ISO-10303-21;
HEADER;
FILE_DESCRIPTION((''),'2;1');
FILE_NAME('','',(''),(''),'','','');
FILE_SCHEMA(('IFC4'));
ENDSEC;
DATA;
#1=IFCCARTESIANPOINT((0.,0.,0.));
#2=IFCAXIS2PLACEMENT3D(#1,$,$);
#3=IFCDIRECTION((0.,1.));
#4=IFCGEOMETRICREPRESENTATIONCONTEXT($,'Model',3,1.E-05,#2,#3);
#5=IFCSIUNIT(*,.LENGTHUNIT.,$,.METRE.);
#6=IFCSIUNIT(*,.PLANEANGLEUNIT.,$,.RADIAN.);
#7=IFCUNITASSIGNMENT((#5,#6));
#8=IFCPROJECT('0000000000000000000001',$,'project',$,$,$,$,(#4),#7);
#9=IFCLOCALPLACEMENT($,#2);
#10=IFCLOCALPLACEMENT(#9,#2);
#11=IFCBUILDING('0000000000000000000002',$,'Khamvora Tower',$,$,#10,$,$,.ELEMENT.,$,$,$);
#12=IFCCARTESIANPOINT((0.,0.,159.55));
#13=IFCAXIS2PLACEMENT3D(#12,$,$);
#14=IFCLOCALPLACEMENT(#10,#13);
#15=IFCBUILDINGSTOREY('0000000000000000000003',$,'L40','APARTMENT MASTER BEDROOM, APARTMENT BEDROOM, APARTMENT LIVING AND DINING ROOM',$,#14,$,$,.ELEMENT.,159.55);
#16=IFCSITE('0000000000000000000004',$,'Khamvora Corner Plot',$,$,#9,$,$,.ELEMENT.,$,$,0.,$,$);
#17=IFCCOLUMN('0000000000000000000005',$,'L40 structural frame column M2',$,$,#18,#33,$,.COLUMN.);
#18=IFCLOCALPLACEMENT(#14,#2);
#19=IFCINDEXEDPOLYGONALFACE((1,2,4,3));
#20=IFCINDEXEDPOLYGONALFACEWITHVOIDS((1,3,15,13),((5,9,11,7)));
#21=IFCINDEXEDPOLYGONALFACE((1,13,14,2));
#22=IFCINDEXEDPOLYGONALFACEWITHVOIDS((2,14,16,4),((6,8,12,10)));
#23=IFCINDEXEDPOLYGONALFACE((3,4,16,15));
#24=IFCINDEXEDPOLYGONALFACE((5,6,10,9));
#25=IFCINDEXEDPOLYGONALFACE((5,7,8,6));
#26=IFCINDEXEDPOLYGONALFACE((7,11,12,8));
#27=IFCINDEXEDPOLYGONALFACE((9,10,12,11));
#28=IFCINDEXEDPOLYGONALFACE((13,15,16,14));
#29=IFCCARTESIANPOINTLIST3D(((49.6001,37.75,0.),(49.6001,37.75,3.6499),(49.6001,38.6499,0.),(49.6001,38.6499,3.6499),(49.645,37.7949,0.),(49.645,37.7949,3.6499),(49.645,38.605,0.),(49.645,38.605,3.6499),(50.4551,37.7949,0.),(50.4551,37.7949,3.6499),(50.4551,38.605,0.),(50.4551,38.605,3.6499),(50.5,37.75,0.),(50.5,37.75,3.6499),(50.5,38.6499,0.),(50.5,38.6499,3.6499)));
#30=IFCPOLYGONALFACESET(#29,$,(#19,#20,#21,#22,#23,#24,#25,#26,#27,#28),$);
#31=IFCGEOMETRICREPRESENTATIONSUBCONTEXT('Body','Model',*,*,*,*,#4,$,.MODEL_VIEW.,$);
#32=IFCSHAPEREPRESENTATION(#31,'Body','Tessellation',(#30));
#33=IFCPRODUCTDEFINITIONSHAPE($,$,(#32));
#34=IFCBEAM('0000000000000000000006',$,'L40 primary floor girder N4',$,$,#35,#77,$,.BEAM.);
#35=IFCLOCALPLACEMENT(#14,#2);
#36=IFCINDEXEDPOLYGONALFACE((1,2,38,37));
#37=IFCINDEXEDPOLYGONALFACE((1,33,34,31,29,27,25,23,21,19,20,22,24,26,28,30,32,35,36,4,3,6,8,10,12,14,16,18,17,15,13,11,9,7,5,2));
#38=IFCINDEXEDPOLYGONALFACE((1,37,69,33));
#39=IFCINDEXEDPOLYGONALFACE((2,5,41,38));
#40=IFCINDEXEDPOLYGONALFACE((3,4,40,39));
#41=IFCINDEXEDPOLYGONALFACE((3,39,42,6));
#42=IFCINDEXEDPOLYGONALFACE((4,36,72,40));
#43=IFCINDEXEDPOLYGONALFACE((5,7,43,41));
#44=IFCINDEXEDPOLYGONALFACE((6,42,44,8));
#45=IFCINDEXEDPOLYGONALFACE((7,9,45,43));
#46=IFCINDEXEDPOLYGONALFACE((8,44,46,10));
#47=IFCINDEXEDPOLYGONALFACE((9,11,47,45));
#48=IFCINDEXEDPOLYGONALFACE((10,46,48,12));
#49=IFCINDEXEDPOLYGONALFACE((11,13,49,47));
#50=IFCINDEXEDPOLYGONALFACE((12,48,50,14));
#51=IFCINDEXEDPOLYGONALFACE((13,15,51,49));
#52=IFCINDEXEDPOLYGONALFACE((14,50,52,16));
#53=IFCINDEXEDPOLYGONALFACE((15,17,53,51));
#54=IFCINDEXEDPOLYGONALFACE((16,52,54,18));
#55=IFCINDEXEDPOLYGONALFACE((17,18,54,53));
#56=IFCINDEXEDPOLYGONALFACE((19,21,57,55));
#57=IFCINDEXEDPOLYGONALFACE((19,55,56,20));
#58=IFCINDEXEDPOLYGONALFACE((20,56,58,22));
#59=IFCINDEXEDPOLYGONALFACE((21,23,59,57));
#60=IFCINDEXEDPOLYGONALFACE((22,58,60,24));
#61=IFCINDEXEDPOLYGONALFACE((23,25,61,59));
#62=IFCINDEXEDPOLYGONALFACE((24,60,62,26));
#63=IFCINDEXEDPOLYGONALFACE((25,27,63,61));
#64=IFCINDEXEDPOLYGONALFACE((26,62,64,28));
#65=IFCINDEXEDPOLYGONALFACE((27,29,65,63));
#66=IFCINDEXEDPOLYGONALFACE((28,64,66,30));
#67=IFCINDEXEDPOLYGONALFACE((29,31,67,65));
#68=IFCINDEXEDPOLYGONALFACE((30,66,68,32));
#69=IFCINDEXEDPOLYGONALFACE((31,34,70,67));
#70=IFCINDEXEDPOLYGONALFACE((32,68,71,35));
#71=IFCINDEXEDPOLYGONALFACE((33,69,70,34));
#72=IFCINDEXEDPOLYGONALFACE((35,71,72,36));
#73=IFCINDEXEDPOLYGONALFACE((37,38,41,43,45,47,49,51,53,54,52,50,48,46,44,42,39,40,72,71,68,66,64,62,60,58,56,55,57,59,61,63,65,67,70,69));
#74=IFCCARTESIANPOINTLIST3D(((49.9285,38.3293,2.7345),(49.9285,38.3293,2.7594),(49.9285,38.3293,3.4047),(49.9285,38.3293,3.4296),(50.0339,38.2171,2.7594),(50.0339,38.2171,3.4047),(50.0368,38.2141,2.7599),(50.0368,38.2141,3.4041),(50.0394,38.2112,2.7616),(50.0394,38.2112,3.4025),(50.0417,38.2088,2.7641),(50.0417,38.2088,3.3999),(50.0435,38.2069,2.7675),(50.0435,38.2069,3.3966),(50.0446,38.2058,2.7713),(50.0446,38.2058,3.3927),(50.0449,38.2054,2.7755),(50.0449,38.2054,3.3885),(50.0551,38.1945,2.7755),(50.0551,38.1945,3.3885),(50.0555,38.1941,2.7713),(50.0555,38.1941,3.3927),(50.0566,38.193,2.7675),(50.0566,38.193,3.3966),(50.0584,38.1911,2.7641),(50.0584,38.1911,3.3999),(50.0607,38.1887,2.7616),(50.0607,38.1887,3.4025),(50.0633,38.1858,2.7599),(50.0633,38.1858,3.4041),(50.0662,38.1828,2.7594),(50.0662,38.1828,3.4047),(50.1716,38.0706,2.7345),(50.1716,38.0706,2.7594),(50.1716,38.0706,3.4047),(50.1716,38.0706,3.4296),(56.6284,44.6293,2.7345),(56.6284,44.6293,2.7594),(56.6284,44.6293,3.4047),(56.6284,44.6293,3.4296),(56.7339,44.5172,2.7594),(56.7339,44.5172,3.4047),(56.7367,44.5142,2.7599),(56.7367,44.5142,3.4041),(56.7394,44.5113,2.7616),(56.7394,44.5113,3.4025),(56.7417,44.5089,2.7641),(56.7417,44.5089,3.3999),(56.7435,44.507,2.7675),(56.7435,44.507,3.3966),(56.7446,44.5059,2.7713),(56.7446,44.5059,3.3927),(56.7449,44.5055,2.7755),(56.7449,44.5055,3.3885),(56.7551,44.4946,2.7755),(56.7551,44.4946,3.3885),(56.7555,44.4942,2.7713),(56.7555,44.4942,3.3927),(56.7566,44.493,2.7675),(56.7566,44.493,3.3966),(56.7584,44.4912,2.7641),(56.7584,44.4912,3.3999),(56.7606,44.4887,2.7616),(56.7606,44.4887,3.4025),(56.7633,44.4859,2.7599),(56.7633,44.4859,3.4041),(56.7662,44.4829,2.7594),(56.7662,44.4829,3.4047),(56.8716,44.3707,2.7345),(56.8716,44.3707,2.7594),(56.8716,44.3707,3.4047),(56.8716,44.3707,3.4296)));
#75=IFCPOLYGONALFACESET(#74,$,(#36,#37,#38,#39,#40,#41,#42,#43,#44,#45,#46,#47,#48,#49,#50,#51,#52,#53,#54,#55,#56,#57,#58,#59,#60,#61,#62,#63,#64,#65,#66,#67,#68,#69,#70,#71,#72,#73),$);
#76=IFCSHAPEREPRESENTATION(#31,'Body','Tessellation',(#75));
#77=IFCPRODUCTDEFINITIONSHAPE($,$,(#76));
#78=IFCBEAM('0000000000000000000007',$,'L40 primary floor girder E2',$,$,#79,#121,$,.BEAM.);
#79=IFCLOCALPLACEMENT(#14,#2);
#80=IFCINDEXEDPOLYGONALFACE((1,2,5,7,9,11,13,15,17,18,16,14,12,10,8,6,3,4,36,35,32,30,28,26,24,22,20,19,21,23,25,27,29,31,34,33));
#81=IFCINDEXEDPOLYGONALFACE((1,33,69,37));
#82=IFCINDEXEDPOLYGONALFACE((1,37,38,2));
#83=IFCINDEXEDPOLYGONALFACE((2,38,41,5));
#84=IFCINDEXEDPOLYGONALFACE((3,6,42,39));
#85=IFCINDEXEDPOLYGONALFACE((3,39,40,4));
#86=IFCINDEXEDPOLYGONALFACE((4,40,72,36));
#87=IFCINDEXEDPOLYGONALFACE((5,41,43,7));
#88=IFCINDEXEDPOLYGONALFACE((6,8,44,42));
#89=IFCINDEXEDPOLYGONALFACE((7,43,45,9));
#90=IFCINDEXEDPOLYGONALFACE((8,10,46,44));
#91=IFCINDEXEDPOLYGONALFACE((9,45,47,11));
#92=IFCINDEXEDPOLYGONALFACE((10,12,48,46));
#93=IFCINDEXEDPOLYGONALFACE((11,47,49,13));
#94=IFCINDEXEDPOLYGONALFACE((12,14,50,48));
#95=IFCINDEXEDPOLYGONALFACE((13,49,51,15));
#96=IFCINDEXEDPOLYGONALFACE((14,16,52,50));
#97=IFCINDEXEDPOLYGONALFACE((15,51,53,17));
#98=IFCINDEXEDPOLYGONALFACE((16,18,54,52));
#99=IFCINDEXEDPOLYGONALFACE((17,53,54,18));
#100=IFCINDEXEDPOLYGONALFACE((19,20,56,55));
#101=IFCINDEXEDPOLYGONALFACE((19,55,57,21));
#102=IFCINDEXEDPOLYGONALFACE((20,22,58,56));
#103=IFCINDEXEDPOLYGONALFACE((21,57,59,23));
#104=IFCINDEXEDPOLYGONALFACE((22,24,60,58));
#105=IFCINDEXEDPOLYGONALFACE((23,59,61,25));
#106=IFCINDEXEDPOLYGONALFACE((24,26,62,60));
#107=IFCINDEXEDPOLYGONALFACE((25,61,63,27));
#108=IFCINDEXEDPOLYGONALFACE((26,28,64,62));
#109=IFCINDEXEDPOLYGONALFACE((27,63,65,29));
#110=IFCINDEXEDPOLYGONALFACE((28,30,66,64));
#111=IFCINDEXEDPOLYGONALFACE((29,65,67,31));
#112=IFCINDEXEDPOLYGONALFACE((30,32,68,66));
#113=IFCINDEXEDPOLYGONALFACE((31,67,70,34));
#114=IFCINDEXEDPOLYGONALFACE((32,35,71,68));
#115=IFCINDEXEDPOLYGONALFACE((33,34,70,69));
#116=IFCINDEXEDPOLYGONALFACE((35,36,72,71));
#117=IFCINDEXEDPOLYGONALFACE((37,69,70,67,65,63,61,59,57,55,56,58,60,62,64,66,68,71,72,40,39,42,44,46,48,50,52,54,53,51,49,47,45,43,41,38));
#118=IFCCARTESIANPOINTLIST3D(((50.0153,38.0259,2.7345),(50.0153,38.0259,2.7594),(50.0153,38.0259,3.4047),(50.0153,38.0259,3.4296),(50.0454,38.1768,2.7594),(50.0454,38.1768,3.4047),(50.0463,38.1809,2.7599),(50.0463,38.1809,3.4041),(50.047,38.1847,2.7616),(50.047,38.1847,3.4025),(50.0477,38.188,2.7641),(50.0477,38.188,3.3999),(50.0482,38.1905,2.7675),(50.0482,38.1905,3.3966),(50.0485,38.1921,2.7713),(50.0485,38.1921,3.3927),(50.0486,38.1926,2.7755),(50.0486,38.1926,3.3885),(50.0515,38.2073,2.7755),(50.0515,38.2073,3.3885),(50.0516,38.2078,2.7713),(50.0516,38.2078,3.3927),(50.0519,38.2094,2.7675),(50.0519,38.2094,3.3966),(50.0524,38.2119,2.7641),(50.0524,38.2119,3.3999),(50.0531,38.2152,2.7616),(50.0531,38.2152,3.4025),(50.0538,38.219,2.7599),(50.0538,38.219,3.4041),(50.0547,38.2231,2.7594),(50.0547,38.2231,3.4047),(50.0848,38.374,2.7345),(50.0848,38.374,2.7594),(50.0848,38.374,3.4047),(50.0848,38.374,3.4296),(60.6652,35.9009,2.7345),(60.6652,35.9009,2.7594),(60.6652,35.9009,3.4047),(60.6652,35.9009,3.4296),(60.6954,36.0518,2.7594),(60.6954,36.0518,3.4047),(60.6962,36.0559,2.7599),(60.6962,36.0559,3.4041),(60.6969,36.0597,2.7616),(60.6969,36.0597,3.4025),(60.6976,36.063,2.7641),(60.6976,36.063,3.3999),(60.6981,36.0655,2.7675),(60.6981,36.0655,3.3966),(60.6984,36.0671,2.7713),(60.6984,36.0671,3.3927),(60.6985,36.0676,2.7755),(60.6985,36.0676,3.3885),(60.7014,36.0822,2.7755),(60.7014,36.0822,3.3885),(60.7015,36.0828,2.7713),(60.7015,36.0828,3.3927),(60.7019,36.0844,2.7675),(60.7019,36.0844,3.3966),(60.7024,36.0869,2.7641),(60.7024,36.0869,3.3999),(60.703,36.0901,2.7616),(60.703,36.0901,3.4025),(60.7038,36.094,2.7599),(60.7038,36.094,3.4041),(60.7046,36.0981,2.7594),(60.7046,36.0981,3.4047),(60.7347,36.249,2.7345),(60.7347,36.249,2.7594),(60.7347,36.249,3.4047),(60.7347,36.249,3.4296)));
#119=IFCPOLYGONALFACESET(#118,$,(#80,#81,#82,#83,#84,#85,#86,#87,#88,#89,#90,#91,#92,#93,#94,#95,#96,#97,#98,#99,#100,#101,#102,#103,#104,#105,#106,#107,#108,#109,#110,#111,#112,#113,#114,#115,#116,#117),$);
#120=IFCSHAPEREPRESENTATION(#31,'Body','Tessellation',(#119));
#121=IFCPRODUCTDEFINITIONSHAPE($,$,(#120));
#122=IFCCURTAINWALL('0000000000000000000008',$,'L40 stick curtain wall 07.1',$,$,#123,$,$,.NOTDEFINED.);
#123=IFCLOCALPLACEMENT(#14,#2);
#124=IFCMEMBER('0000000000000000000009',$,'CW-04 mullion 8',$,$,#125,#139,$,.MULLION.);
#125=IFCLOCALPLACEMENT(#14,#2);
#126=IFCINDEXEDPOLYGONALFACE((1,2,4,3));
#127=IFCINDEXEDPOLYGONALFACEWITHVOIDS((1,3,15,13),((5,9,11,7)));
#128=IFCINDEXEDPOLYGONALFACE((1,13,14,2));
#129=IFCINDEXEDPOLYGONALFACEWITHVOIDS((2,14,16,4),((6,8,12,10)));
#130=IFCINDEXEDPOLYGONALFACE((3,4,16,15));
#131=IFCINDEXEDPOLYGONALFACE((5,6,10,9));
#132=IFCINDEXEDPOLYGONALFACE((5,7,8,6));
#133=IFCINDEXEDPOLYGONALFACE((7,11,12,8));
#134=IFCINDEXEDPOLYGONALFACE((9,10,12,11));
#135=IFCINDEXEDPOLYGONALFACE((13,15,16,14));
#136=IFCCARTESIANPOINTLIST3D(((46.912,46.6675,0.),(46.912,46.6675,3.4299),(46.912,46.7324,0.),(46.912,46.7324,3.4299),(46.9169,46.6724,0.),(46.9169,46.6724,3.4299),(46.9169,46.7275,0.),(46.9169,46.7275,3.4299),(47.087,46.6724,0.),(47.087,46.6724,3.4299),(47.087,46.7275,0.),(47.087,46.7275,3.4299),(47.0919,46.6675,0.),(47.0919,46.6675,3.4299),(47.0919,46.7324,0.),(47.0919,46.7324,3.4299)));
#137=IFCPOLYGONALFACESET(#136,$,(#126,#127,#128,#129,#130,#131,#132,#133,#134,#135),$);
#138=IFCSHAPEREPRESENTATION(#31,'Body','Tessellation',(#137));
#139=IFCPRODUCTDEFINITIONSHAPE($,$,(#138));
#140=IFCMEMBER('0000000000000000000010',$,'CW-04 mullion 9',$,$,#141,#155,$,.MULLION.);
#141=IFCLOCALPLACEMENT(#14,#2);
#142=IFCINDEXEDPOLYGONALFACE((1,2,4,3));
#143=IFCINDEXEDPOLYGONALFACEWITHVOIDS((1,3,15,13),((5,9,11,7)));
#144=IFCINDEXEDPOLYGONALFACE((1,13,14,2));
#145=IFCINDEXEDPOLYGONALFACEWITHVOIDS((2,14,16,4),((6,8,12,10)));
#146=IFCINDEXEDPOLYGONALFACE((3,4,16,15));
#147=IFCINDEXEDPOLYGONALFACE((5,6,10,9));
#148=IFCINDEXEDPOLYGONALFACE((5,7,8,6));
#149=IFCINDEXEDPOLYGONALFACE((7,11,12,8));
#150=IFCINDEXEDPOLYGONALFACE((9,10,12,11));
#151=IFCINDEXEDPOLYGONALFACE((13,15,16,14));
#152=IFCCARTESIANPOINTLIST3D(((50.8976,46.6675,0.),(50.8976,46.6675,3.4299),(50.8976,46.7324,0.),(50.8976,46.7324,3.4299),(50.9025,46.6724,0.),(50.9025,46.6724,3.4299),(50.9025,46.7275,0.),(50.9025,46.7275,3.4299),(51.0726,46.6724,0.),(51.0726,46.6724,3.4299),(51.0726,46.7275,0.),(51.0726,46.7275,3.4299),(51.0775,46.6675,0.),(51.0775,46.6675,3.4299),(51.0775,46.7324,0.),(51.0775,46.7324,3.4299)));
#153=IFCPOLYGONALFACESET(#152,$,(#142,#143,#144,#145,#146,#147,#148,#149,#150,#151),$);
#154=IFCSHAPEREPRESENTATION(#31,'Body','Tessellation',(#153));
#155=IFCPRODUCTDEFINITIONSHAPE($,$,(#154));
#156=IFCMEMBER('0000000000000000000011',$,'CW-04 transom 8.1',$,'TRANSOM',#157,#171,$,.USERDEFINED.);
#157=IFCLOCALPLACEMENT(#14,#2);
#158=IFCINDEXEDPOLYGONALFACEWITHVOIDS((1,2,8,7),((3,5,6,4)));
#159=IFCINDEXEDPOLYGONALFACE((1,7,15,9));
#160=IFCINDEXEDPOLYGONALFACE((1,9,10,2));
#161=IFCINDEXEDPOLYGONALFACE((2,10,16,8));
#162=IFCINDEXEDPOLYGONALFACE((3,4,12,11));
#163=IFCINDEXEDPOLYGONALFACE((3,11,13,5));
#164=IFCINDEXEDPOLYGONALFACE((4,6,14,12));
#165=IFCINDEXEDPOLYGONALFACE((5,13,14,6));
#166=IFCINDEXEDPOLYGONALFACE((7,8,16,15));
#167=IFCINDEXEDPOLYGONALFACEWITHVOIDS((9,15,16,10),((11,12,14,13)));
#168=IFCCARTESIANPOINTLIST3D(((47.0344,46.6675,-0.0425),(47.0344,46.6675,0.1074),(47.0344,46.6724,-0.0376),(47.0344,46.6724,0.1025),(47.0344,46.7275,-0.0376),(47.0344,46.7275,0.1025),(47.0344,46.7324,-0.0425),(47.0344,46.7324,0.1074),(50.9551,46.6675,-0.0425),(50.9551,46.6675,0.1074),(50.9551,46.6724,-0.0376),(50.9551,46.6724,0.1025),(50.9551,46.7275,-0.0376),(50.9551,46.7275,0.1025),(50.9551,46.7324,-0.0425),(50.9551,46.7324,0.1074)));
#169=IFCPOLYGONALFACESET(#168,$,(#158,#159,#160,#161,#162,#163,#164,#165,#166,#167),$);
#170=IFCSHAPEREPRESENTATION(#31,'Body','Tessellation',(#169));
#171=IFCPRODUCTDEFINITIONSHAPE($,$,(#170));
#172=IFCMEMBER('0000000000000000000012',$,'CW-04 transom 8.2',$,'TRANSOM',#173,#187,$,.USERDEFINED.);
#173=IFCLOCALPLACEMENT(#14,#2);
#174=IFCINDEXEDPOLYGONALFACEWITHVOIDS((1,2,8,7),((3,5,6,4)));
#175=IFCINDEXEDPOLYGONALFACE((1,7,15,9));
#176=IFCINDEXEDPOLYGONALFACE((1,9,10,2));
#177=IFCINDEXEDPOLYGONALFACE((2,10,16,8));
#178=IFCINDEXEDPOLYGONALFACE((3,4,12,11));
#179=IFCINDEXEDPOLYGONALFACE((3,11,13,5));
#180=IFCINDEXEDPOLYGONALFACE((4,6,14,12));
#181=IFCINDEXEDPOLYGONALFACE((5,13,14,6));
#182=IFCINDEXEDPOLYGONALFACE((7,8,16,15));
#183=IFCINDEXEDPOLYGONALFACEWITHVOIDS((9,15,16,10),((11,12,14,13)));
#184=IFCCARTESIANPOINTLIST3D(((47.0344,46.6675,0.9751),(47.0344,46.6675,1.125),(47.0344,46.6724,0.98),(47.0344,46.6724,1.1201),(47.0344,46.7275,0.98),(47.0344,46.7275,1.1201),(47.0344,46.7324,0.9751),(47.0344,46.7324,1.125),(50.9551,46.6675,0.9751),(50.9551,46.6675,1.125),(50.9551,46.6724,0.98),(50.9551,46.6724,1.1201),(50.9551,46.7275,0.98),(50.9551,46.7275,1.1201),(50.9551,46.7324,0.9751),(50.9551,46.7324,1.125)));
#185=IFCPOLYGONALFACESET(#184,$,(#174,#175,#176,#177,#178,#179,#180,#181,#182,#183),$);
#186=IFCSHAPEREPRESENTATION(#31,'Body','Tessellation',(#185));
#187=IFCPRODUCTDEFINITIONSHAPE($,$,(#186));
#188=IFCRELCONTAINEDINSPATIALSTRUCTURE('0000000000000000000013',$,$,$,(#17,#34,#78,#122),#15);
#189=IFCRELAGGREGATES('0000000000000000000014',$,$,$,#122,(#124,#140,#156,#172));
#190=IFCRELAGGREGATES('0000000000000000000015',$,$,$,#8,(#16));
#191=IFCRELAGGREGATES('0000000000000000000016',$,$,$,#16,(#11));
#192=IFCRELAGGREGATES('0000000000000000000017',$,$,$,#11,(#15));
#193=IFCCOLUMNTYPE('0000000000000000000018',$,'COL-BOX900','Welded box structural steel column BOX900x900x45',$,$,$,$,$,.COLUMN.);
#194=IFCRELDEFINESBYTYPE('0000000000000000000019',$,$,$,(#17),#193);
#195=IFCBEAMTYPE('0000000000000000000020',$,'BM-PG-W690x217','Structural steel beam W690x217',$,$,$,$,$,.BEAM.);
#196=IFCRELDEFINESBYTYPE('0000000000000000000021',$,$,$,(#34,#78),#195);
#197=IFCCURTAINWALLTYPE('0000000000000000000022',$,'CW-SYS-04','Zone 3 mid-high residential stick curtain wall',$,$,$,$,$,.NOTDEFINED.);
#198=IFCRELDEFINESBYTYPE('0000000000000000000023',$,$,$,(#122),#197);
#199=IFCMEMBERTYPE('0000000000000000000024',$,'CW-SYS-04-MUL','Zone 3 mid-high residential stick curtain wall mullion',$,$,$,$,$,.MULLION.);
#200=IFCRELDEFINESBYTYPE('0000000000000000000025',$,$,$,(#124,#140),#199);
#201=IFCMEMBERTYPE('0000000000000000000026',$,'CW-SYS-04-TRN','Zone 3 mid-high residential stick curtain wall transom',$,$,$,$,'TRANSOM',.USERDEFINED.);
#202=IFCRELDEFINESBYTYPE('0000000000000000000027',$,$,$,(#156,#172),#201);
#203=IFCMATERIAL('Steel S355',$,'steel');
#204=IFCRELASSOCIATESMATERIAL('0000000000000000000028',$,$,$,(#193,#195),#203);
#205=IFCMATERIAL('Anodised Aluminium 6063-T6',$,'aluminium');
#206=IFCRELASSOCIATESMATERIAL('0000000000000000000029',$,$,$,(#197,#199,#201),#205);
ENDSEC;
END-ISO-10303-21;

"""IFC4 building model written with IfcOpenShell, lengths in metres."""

from ifc_helpers import new_model, si_unit, direction, frame, origin, origin_2d, place, context, subcontext, project, spatial, hollow_rectangle, i_section, extrude, material, material_profile, profile_set, type_object, element, aggregate, save


model = new_model("IFC4")

# Units and contexts
model_context = context("Model", 3, precision=1e-05, world=origin(), true_north=direction((0.0, 1.0)))
body_context = subcontext(model_context, "Body", "Model", "MODEL_VIEW")
ifc_project = project(units=[si_unit("LENGTHUNIT", "METRE"), si_unit("PLANEANGLEUNIT", "RADIAN")], contexts=[model_context])

# Site, building, storey
site_placement = place(None, origin())
site = spatial("IfcSite", under=ifc_project, at=site_placement, Name="Khamvora Corner Plot", CompositionType="ELEMENT", RefElevation=0.0)
building_placement = place(site_placement, origin())
building = spatial("IfcBuilding", under=site, at=building_placement, Name="Khamvora Tower", CompositionType="ELEMENT")
storey_placement = place(building_placement, frame((0.0, 0.0, 159.55)))
storey = spatial("IfcBuildingStorey", under=building, at=storey_placement, Name="L40", Description="APARTMENT MASTER BEDROOM, APARTMENT BEDROOM, APARTMENT LIVING AND DINING ROOM", CompositionType="ELEMENT", Elevation=159.55)

# Column
ifc_material_1 = material(Name="Steel S355", Category="steel")
ifc_material_profile_1 = material_profile(ifc_material_1, hollow_rectangle(XDim=0.8999, YDim=0.8999, WallThickness=0.0449, at=origin_2d()), Name="BOX900x900x45")
ifc_profile_set_1 = profile_set([ifc_material_profile_1], Name="Steel S355")
column_type = type_object("IfcColumnType", Name="COL-BOX900", Description="Welded box structural steel column BOX900x900x45", PredefinedType="COLUMN", material=ifc_profile_set_1)
column_placement = place(storey_placement, frame((50.05, 38.2, 0.0), z_axis=(0.0, 0.0, 1.0), x_axis=(1.0, 0.0, 0.0)))
element("IfcColumn", 1, at=column_placement, inside=storey, type_object=column_type, Name="L40 structural frame column M2", PredefinedType="COLUMN", context=body_context, shape_type="SweptSolid", body=[
    extrude(hollow_rectangle(XDim=0.8999, YDim=0.8999, WallThickness=0.0449, at=origin_2d()), origin(), (0.0, 0.0, 1.0), 3.6499),
])

# Beams
ifc_material_profile_2 = material_profile(ifc_material_1, i_section(OverallWidth=0.355, OverallDepth=0.6951, WebThickness=0.0149, FlangeThickness=0.0249, FilletRadius=0.0161, at=origin_2d()), Name="W690x217")
ifc_profile_set_2 = profile_set([ifc_material_profile_2], Name="Steel S355")
beam_type = type_object("IfcBeamType", Name="BM-PG-W690x217", Description="Structural steel beam W690x217", PredefinedType="BEAM", material=ifc_profile_set_2)
beam_1_placement = place(storey_placement, frame((50.05, 38.2, 3.082), z_axis=(0.728514, 0.685031, 0.0), x_axis=(-0.685031, 0.728514, 0.0)))
element("IfcBeam", 2, at=beam_1_placement, inside=storey, type_object=beam_type, Name="L40 primary floor girder N4", PredefinedType="BEAM", context=body_context, shape_type="SweptSolid", body=[
    extrude(i_section(OverallWidth=0.355, OverallDepth=0.6951, WebThickness=0.0149, FlangeThickness=0.0249, FilletRadius=0.0161, at=origin_2d()), origin(), (0.0, 0.0, 1.0), 9.1968),
])
beam_2_placement = place(storey_placement, frame((50.05, 38.2, 3.082), z_axis=(0.980669, -0.195675, 0.0), x_axis=(0.195675, 0.980669, 0.0)))
element("IfcBeam", 3, at=beam_2_placement, inside=storey, type_object=beam_type, Name="L40 primary floor girder E2", PredefinedType="BEAM", context=body_context, shape_type="SweptSolid", body=[
    extrude(i_section(OverallWidth=0.355, OverallDepth=0.6951, WebThickness=0.0149, FlangeThickness=0.0249, FilletRadius=0.0161, at=origin_2d()), origin(), (0.0, 0.0, 1.0), 10.8599),
])

# Curtain wall, members
ifc_material_2 = material(Name="Anodised Aluminium 6063-T6", Category="aluminium")
curtain_wall_type = type_object("IfcCurtainWallType", Name="CW-SYS-04", Description="Zone 3 mid-high residential stick curtain wall", PredefinedType="NOTDEFINED", material=ifc_material_2)
curtain_wall_placement = place(storey_placement, origin())
curtain_wall = element("IfcCurtainWall", 4, at=curtain_wall_placement, inside=storey, type_object=curtain_wall_type, Name="L40 stick curtain wall 07.1", PredefinedType="NOTDEFINED")
ifc_material_profile_3 = material_profile(ifc_material_2, hollow_rectangle(XDim=0.0649, YDim=0.1799, WallThickness=0.0049, at=origin_2d()), Name="MUL65x180x5")
ifc_profile_set_3 = profile_set([ifc_material_profile_3], Name="Anodised Aluminium 6063-T6")
member_type_1 = type_object("IfcMemberType", Name="CW-SYS-04-MUL", Description="Zone 3 mid-high residential stick curtain wall mullion", PredefinedType="MULLION", material=ifc_profile_set_3)
member_1_placement = place(storey_placement, frame((47.002, 46.7, 0.0), z_axis=(0.0, 0.0, 1.0), x_axis=(0.0, 1.0, 0.0)))
member_1 = element("IfcMember", 5, at=member_1_placement, type_object=member_type_1, Name="CW-04 mullion 8", PredefinedType="MULLION", context=body_context, shape_type="SweptSolid", body=[
    extrude(hollow_rectangle(XDim=0.0649, YDim=0.1799, WallThickness=0.0049, at=origin_2d()), origin(), (0.0, 0.0, 1.0), 3.4299),
])
member_2_placement = place(storey_placement, frame((50.9875, 46.7, 0.0), z_axis=(0.0, 0.0, 1.0), x_axis=(0.0, 1.0, 0.0)))
member_2 = element("IfcMember", 6, at=member_2_placement, type_object=member_type_1, Name="CW-04 mullion 9", PredefinedType="MULLION", context=body_context, shape_type="SweptSolid", body=[
    extrude(hollow_rectangle(XDim=0.0649, YDim=0.1799, WallThickness=0.0049, at=origin_2d()), origin(), (0.0, 0.0, 1.0), 3.4299),
])
ifc_material_profile_4 = material_profile(ifc_material_2, hollow_rectangle(XDim=0.0649, YDim=0.1499, WallThickness=0.0049, at=origin_2d()), Name="TRN65x150x5")
ifc_profile_set_4 = profile_set([ifc_material_profile_4], Name="Anodised Aluminium 6063-T6")
member_type_2 = type_object("IfcMemberType", Name="CW-SYS-04-TRN", Description="Zone 3 mid-high residential stick curtain wall transom", ElementType="TRANSOM", PredefinedType="USERDEFINED", material=ifc_profile_set_4)
member_3_placement = place(storey_placement, frame((47.0344, 46.7, 0.0325), z_axis=(1.0, 0.0, 0.0), x_axis=(0.0, 1.0, 0.0)))
member_3 = element("IfcMember", 7, at=member_3_placement, type_object=member_type_2, Name="CW-04 transom 8.1", ObjectType="TRANSOM", PredefinedType="USERDEFINED", context=body_context, shape_type="SweptSolid", body=[
    extrude(hollow_rectangle(XDim=0.0649, YDim=0.1499, WallThickness=0.0049, at=origin_2d()), origin(), (0.0, 0.0, 1.0), 3.9207),
])
member_4_placement = place(storey_placement, frame((47.0344, 46.7, 1.05), z_axis=(1.0, 0.0, 0.0), x_axis=(0.0, 1.0, 0.0)))
member_4 = element("IfcMember", 8, at=member_4_placement, type_object=member_type_2, Name="CW-04 transom 8.2", ObjectType="TRANSOM", PredefinedType="USERDEFINED", context=body_context, shape_type="SweptSolid", body=[
    extrude(hollow_rectangle(XDim=0.0649, YDim=0.1499, WallThickness=0.0049, at=origin_2d()), origin(), (0.0, 0.0, 1.0), 3.9207),
])
aggregate(curtain_wall, [member_1, member_2, member_3, member_4])

save(model, "model.ifc")
